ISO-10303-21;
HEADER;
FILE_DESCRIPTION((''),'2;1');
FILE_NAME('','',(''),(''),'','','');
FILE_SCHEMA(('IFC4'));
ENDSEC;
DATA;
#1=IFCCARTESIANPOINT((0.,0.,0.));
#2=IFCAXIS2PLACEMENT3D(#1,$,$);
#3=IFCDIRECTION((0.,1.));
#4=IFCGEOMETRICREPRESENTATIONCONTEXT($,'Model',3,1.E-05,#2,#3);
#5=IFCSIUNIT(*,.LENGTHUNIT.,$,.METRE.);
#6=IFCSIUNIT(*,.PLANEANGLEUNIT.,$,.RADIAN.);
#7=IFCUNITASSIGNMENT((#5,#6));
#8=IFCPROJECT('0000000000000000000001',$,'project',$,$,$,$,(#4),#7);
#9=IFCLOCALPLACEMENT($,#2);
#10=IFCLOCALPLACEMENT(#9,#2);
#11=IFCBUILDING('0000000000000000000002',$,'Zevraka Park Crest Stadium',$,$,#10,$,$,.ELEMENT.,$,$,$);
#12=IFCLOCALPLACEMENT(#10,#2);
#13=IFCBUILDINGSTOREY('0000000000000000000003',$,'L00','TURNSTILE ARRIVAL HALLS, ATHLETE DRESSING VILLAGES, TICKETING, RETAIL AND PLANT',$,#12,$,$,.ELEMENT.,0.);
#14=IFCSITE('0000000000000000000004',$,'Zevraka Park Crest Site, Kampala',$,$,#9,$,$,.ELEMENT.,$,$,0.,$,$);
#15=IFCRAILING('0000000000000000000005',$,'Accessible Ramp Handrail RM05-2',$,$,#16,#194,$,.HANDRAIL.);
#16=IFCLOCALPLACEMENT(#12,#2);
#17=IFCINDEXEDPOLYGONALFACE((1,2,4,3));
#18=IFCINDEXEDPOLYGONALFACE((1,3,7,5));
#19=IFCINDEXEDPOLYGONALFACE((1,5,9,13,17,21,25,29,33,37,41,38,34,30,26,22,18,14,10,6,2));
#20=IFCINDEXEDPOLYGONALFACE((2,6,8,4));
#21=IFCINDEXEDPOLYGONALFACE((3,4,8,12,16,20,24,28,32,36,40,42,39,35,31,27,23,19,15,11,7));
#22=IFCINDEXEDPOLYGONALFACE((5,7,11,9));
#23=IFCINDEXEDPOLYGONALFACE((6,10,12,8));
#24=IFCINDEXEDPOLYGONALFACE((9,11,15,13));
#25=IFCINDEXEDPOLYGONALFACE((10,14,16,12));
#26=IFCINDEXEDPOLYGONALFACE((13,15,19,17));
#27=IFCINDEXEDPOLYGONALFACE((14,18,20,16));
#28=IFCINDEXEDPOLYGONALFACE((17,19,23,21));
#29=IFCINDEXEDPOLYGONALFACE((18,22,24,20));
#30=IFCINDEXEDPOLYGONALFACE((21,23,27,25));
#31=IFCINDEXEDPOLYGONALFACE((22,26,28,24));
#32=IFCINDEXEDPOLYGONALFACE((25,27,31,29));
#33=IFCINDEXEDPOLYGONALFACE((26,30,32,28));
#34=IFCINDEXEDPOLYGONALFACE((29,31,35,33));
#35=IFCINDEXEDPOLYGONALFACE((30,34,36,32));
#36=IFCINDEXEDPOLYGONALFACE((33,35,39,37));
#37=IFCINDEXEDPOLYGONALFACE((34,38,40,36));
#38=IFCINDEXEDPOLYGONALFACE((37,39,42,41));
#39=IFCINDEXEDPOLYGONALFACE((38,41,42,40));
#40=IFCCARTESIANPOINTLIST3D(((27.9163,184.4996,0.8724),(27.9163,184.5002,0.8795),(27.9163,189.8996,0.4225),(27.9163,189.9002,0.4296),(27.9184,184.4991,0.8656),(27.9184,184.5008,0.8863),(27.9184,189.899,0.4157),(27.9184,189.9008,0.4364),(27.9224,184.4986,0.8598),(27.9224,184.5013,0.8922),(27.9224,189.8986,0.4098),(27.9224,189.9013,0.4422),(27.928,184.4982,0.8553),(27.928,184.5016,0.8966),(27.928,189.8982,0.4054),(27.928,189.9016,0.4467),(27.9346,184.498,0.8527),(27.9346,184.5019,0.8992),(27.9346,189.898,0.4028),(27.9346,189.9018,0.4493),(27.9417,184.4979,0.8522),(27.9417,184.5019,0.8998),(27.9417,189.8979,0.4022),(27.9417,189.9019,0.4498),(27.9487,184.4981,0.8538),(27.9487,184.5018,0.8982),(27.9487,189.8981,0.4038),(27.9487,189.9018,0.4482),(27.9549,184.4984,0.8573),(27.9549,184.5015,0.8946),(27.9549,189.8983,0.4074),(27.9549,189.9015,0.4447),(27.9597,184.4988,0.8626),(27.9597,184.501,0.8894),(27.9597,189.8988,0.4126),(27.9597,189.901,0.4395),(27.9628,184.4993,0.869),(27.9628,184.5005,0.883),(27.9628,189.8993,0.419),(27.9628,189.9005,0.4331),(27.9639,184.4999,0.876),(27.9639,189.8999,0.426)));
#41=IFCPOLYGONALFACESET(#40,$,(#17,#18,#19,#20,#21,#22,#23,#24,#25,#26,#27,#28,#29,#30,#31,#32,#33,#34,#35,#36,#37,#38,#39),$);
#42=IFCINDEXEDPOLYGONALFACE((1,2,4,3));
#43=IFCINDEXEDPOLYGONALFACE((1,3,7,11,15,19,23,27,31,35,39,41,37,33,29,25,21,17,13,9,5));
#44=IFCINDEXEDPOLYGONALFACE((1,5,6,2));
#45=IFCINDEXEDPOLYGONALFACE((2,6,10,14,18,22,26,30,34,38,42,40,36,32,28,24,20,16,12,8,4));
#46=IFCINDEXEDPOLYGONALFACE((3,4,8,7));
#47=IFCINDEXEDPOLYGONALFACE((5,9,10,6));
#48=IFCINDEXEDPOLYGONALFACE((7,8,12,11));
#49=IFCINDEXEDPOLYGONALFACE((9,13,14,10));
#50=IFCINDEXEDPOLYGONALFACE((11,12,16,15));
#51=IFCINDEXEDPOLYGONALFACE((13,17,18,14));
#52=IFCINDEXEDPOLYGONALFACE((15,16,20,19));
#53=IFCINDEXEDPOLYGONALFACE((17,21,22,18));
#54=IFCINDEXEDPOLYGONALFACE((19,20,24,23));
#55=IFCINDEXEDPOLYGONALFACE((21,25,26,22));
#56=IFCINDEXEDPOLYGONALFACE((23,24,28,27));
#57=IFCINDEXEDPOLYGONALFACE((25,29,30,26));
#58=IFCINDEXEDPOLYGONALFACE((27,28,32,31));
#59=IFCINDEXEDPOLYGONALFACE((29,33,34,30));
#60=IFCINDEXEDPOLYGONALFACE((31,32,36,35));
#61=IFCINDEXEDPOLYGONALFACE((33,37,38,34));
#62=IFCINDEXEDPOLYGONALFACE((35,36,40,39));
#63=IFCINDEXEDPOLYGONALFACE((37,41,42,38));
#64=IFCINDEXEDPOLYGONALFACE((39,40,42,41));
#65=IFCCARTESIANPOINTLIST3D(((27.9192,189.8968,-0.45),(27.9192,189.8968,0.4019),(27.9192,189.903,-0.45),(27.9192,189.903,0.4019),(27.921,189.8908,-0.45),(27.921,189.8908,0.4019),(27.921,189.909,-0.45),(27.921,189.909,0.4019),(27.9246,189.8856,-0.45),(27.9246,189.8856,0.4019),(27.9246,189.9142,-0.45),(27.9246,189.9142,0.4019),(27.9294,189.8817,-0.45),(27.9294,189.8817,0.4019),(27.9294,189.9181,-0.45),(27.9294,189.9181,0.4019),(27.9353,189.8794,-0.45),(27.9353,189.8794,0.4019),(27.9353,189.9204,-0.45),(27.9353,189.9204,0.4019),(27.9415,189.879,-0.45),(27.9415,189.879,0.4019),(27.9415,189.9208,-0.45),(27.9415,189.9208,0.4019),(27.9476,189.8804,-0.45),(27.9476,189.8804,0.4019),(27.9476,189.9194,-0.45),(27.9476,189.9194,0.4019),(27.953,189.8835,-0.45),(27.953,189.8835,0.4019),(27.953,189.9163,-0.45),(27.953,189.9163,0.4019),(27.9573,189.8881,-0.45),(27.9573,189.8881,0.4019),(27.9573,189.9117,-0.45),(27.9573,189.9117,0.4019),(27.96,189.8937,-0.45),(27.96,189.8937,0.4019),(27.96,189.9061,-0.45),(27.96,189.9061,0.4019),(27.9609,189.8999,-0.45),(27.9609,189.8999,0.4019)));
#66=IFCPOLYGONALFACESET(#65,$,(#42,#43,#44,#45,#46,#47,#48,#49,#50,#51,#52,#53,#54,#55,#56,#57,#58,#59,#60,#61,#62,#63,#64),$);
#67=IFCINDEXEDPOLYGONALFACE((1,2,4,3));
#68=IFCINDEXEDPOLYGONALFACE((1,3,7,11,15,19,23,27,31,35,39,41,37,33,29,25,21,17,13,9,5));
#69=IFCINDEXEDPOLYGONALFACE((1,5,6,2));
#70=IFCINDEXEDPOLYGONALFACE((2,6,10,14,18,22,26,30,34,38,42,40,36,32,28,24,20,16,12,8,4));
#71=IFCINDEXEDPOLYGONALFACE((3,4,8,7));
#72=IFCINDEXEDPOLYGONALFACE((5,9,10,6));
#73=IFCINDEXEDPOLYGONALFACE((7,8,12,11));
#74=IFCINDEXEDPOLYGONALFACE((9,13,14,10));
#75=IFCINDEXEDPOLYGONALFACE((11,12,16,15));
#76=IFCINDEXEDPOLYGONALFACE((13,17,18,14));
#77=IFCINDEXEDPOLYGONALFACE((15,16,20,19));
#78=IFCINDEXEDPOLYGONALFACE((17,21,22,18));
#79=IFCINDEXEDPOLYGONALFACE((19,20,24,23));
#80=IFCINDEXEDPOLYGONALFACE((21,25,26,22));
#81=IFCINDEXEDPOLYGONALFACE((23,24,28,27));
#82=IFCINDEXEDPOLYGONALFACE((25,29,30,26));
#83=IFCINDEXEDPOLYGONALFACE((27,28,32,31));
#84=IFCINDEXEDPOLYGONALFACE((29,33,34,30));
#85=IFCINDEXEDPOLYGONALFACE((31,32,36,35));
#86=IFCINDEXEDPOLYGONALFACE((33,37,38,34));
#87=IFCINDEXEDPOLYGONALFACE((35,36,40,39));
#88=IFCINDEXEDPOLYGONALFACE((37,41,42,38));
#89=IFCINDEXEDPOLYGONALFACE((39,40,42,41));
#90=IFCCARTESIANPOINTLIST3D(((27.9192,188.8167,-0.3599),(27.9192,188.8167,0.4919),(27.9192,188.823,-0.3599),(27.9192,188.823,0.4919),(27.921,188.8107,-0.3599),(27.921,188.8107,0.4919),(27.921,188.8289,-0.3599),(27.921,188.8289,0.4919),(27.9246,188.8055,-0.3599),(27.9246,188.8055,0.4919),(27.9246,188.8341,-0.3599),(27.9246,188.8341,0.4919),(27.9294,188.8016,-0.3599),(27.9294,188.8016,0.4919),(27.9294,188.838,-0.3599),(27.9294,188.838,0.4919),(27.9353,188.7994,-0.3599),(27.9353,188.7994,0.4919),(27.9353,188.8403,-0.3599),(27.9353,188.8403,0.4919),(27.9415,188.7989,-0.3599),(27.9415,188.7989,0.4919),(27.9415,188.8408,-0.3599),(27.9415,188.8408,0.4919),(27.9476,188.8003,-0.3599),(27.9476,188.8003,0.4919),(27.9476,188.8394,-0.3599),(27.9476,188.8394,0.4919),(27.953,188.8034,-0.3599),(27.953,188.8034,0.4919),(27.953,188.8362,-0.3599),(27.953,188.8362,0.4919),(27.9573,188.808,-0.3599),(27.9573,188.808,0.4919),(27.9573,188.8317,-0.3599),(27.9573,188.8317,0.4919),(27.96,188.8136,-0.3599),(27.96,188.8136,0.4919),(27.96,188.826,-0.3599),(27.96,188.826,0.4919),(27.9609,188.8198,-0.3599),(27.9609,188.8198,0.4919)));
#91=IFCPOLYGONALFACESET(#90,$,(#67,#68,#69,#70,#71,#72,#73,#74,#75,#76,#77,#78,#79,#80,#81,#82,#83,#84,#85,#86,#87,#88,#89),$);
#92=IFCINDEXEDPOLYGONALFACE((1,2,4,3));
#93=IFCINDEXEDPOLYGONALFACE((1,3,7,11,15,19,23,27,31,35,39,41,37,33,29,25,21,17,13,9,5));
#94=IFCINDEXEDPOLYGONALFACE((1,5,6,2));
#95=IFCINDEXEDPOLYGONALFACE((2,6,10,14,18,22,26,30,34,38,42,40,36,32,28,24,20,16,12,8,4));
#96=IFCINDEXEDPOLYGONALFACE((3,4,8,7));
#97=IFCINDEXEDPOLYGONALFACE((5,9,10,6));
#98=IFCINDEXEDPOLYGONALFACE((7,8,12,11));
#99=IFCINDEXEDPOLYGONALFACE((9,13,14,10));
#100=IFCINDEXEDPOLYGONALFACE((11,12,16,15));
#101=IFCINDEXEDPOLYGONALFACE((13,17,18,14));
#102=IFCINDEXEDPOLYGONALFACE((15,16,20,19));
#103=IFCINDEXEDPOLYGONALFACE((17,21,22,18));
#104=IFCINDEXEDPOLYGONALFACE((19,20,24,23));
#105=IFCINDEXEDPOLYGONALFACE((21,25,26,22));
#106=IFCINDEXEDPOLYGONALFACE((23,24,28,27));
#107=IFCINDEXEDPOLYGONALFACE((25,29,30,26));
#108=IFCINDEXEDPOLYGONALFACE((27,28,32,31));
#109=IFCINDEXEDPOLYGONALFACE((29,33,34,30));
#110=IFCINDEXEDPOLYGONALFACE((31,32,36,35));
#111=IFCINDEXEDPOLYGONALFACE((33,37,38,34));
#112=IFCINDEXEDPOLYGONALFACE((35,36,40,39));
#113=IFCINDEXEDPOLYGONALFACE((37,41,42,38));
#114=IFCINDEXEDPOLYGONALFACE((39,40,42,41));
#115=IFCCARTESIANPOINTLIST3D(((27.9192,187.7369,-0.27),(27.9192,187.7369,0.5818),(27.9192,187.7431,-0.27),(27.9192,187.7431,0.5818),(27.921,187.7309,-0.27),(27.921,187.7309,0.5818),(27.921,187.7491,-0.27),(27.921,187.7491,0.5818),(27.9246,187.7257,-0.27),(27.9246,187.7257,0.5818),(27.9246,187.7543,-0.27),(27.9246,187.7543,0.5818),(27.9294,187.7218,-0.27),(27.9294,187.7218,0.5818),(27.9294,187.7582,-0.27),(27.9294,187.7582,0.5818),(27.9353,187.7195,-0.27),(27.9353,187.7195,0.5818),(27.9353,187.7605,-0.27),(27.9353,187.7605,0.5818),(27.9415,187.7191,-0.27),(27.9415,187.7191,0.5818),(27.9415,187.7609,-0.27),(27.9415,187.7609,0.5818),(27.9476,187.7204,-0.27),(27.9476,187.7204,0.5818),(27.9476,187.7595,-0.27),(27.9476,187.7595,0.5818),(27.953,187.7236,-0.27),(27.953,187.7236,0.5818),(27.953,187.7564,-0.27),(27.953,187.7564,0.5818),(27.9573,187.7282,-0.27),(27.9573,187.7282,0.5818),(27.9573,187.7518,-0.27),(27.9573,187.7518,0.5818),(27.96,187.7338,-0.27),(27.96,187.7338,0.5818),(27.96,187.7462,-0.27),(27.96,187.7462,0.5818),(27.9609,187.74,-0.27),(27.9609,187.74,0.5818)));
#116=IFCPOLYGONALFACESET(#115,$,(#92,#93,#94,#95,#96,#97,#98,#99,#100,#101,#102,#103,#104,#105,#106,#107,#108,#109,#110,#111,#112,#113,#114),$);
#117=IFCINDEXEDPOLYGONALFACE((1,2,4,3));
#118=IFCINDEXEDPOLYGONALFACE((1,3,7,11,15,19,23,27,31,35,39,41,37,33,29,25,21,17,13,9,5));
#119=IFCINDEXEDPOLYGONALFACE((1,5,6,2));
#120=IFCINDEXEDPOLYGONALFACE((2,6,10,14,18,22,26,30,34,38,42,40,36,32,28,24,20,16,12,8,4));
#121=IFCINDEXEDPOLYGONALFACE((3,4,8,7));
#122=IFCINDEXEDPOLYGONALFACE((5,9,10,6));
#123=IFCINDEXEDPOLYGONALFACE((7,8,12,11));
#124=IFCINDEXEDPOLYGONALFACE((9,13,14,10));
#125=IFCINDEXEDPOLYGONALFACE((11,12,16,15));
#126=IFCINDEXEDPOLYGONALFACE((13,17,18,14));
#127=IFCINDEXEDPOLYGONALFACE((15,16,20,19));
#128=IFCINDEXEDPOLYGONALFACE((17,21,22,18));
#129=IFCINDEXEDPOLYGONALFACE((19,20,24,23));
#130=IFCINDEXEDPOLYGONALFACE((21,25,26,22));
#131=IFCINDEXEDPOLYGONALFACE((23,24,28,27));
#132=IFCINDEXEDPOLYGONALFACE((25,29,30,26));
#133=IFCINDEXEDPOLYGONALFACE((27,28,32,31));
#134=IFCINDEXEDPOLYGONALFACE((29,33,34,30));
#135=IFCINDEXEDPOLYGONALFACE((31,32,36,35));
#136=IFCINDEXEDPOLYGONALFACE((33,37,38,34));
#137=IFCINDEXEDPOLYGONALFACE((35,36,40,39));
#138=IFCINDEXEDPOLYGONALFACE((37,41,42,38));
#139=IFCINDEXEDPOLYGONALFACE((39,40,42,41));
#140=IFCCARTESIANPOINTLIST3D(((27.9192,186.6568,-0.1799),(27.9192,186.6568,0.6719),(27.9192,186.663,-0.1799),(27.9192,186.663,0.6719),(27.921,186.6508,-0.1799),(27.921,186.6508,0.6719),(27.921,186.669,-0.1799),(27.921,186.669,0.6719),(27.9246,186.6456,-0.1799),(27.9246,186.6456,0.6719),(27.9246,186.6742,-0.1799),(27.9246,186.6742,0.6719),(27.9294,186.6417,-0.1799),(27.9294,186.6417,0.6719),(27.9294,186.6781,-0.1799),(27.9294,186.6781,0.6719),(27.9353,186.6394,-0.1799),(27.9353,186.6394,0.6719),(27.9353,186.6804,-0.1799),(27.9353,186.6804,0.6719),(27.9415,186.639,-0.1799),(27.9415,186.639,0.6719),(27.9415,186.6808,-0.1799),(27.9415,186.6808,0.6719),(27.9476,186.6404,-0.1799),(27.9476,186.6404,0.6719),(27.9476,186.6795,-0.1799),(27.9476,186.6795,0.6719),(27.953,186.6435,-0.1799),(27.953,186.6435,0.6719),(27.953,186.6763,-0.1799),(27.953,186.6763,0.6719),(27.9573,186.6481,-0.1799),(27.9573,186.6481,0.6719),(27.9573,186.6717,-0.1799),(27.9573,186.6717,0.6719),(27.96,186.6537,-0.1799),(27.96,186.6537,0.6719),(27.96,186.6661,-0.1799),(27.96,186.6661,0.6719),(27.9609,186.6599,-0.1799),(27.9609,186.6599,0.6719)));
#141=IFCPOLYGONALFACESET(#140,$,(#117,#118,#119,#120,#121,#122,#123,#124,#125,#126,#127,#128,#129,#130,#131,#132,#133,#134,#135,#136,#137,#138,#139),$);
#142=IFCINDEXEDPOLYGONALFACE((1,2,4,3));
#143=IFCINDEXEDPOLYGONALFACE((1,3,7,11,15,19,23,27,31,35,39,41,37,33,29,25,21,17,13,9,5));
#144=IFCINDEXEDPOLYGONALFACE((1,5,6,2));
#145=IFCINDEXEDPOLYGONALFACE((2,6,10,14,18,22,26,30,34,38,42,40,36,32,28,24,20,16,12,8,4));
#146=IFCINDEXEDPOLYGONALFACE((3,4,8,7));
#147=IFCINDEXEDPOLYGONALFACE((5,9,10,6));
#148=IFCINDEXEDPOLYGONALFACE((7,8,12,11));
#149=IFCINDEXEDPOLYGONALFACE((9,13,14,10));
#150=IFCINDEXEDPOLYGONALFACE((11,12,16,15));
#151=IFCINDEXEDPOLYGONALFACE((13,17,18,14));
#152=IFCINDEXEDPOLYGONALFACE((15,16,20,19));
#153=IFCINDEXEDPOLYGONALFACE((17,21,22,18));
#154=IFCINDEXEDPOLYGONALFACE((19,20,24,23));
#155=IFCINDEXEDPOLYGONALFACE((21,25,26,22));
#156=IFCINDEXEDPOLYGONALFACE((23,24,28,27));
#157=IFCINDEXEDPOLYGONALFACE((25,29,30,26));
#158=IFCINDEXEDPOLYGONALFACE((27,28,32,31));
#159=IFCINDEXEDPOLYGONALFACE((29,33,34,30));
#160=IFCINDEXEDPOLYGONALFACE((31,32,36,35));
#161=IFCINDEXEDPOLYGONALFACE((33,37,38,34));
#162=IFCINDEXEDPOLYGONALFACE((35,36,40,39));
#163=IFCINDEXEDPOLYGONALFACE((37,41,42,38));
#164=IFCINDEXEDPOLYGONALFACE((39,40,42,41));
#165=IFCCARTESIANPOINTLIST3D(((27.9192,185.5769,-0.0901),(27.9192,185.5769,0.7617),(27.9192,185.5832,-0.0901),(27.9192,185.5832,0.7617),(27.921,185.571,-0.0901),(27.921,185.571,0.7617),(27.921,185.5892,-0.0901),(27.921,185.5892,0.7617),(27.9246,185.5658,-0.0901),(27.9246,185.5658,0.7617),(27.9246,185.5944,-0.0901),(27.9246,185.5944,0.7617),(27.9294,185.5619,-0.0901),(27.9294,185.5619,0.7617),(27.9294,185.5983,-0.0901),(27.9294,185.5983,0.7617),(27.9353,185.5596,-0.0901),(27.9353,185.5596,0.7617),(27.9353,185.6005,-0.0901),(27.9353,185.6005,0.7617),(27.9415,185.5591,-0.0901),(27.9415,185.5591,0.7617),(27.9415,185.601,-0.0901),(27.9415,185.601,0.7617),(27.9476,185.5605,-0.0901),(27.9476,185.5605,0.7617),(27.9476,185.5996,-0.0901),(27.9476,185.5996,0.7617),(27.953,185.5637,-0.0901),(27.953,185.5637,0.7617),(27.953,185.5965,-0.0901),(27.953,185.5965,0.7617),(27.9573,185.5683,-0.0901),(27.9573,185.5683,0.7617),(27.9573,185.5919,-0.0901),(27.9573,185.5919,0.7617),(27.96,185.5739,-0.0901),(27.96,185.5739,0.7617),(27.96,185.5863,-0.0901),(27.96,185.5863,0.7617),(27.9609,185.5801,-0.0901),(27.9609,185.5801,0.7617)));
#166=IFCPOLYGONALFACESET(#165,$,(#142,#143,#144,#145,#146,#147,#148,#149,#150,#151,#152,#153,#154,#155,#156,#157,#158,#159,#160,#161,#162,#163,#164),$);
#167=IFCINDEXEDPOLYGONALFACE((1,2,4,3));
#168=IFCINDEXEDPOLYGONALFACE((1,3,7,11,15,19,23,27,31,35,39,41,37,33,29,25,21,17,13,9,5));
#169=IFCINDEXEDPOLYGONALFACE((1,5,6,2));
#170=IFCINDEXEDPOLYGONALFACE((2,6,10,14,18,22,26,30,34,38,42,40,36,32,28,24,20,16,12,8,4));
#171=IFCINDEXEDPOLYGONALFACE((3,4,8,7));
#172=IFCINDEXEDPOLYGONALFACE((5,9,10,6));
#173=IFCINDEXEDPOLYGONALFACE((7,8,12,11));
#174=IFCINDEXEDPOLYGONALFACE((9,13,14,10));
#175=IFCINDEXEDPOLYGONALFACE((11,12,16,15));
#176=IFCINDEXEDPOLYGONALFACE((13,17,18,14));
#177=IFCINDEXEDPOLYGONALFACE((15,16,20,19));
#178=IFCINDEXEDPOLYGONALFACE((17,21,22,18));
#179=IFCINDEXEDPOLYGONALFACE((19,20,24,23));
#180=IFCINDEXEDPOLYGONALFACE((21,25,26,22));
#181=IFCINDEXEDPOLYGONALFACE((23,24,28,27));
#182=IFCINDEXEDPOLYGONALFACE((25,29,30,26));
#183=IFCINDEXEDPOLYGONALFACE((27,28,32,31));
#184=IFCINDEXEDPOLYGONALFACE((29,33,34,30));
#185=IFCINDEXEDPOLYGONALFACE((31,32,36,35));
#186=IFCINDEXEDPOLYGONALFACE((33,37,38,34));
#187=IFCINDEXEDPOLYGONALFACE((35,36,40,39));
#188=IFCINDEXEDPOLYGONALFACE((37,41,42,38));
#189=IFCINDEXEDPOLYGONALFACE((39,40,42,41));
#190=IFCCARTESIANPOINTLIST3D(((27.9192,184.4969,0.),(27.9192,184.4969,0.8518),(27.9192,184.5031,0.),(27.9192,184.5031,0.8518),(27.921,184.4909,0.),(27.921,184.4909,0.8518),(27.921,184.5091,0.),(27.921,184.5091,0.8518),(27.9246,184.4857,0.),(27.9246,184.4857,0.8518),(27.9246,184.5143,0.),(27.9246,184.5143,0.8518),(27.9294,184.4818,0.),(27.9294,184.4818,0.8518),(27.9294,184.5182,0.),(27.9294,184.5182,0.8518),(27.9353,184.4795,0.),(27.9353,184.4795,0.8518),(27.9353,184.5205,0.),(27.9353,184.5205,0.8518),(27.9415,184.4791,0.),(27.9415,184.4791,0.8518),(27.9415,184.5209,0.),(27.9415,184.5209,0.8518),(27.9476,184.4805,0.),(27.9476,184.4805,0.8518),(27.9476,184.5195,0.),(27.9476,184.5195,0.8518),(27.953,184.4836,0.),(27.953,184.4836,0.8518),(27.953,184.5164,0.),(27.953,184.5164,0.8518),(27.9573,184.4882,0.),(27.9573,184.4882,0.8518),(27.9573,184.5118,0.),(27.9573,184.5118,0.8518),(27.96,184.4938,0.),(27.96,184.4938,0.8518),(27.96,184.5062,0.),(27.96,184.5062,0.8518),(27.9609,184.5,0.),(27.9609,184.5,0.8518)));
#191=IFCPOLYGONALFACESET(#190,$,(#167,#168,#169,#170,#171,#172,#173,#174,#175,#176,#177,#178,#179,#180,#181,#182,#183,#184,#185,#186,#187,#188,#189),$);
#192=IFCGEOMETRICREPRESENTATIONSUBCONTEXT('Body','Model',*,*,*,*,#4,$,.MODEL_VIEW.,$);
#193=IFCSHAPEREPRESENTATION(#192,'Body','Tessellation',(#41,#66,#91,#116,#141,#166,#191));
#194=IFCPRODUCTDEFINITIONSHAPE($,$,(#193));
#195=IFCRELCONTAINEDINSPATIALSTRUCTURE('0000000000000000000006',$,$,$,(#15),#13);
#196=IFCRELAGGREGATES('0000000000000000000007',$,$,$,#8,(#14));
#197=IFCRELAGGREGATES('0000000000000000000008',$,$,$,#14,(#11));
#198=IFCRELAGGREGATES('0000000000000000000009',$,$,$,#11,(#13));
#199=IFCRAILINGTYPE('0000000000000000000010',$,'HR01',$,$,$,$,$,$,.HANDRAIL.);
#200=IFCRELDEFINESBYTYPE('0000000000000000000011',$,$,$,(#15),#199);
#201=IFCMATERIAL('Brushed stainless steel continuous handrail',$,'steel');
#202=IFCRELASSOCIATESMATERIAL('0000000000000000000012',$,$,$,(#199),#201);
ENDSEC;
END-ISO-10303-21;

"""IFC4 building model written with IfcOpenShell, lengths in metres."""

from ifc_helpers import new_model, si_unit, direction, frame, origin, origin_2d, place, context, subcontext, project, spatial, circle, extrude, material, type_object, element, save


model = new_model("IFC4")

# Units and contexts
model_context = context("Model", 3, precision=1e-05, world=origin(), true_north=direction((0.0, 1.0)))
body_context = subcontext(model_context, "Body", "Model", "MODEL_VIEW")
ifc_project = project(units=[si_unit("LENGTHUNIT", "METRE"), si_unit("PLANEANGLEUNIT", "RADIAN")], contexts=[model_context])

# Site, building, storey
site_placement = place(None, origin())
site = spatial("IfcSite", under=ifc_project, at=site_placement, Name="Zevraka Park Crest Site, Kampala", CompositionType="ELEMENT", RefElevation=0.0)
building_placement = place(site_placement, origin())
building = spatial("IfcBuilding", under=site, at=building_placement, Name="Zevraka Park Crest Stadium", CompositionType="ELEMENT")
storey_placement = place(building_placement, origin())
storey = spatial("IfcBuildingStorey", under=building, at=storey_placement, Name="L00", Description="TURNSTILE ARRIVAL HALLS, ATHLETE DRESSING VILLAGES, TICKETING, RETAIL AND PLANT", CompositionType="ELEMENT", Elevation=0.0)

# Railing
ifc_material_1 = material(Name="Brushed stainless steel continuous handrail", Category="steel")
railing_type = type_object("IfcRailingType", Name="HR01", PredefinedType="HANDRAIL", material=ifc_material_1)
for number, where, name in (
    (1, (27.9399, 189.8999, -0.45), "Accessible Ramp Handrail RM05-2"),
):
    element("IfcRailing", number, at=place(storey_placement, frame(where)), inside=storey, type_object=railing_type, Name=name, PredefinedType="HANDRAIL", context=body_context, shape_type="SweptSolid", body=[
        extrude(circle(Radius=0.0239, at=origin_2d()), frame((0.0, 0.0, 0.876), z_axis=(0.0, -0.996546, 0.083038), x_axis=(1.0, 0.0, 0.0)), (0.0, 0.0, 1.0), 5.4187),
        extrude(circle(Radius=0.021, at=origin_2d()), origin(), (0.0, 0.0, 1.0), 0.8518),
        extrude(circle(Radius=0.021, at=origin_2d()), frame((0.0, -1.0801, 0.0901)), (0.0, 0.0, 1.0), 0.8518),
        extrude(circle(Radius=0.021, at=origin_2d()), frame((0.0, -2.1599, 0.1799)), (0.0, 0.0, 1.0), 0.8518),
        extrude(circle(Radius=0.021, at=origin_2d()), frame((0.0, -3.24, 0.27)), (0.0, 0.0, 1.0), 0.8518),
        extrude(circle(Radius=0.021, at=origin_2d()), frame((0.0, -4.3198, 0.3599)), (0.0, 0.0, 1.0), 0.8518),
        extrude(circle(Radius=0.021, at=origin_2d()), frame((0.0, -5.3999, 0.45)), (0.0, 0.0, 1.0), 0.8518),
    ])

save(model, "model.ifc")
